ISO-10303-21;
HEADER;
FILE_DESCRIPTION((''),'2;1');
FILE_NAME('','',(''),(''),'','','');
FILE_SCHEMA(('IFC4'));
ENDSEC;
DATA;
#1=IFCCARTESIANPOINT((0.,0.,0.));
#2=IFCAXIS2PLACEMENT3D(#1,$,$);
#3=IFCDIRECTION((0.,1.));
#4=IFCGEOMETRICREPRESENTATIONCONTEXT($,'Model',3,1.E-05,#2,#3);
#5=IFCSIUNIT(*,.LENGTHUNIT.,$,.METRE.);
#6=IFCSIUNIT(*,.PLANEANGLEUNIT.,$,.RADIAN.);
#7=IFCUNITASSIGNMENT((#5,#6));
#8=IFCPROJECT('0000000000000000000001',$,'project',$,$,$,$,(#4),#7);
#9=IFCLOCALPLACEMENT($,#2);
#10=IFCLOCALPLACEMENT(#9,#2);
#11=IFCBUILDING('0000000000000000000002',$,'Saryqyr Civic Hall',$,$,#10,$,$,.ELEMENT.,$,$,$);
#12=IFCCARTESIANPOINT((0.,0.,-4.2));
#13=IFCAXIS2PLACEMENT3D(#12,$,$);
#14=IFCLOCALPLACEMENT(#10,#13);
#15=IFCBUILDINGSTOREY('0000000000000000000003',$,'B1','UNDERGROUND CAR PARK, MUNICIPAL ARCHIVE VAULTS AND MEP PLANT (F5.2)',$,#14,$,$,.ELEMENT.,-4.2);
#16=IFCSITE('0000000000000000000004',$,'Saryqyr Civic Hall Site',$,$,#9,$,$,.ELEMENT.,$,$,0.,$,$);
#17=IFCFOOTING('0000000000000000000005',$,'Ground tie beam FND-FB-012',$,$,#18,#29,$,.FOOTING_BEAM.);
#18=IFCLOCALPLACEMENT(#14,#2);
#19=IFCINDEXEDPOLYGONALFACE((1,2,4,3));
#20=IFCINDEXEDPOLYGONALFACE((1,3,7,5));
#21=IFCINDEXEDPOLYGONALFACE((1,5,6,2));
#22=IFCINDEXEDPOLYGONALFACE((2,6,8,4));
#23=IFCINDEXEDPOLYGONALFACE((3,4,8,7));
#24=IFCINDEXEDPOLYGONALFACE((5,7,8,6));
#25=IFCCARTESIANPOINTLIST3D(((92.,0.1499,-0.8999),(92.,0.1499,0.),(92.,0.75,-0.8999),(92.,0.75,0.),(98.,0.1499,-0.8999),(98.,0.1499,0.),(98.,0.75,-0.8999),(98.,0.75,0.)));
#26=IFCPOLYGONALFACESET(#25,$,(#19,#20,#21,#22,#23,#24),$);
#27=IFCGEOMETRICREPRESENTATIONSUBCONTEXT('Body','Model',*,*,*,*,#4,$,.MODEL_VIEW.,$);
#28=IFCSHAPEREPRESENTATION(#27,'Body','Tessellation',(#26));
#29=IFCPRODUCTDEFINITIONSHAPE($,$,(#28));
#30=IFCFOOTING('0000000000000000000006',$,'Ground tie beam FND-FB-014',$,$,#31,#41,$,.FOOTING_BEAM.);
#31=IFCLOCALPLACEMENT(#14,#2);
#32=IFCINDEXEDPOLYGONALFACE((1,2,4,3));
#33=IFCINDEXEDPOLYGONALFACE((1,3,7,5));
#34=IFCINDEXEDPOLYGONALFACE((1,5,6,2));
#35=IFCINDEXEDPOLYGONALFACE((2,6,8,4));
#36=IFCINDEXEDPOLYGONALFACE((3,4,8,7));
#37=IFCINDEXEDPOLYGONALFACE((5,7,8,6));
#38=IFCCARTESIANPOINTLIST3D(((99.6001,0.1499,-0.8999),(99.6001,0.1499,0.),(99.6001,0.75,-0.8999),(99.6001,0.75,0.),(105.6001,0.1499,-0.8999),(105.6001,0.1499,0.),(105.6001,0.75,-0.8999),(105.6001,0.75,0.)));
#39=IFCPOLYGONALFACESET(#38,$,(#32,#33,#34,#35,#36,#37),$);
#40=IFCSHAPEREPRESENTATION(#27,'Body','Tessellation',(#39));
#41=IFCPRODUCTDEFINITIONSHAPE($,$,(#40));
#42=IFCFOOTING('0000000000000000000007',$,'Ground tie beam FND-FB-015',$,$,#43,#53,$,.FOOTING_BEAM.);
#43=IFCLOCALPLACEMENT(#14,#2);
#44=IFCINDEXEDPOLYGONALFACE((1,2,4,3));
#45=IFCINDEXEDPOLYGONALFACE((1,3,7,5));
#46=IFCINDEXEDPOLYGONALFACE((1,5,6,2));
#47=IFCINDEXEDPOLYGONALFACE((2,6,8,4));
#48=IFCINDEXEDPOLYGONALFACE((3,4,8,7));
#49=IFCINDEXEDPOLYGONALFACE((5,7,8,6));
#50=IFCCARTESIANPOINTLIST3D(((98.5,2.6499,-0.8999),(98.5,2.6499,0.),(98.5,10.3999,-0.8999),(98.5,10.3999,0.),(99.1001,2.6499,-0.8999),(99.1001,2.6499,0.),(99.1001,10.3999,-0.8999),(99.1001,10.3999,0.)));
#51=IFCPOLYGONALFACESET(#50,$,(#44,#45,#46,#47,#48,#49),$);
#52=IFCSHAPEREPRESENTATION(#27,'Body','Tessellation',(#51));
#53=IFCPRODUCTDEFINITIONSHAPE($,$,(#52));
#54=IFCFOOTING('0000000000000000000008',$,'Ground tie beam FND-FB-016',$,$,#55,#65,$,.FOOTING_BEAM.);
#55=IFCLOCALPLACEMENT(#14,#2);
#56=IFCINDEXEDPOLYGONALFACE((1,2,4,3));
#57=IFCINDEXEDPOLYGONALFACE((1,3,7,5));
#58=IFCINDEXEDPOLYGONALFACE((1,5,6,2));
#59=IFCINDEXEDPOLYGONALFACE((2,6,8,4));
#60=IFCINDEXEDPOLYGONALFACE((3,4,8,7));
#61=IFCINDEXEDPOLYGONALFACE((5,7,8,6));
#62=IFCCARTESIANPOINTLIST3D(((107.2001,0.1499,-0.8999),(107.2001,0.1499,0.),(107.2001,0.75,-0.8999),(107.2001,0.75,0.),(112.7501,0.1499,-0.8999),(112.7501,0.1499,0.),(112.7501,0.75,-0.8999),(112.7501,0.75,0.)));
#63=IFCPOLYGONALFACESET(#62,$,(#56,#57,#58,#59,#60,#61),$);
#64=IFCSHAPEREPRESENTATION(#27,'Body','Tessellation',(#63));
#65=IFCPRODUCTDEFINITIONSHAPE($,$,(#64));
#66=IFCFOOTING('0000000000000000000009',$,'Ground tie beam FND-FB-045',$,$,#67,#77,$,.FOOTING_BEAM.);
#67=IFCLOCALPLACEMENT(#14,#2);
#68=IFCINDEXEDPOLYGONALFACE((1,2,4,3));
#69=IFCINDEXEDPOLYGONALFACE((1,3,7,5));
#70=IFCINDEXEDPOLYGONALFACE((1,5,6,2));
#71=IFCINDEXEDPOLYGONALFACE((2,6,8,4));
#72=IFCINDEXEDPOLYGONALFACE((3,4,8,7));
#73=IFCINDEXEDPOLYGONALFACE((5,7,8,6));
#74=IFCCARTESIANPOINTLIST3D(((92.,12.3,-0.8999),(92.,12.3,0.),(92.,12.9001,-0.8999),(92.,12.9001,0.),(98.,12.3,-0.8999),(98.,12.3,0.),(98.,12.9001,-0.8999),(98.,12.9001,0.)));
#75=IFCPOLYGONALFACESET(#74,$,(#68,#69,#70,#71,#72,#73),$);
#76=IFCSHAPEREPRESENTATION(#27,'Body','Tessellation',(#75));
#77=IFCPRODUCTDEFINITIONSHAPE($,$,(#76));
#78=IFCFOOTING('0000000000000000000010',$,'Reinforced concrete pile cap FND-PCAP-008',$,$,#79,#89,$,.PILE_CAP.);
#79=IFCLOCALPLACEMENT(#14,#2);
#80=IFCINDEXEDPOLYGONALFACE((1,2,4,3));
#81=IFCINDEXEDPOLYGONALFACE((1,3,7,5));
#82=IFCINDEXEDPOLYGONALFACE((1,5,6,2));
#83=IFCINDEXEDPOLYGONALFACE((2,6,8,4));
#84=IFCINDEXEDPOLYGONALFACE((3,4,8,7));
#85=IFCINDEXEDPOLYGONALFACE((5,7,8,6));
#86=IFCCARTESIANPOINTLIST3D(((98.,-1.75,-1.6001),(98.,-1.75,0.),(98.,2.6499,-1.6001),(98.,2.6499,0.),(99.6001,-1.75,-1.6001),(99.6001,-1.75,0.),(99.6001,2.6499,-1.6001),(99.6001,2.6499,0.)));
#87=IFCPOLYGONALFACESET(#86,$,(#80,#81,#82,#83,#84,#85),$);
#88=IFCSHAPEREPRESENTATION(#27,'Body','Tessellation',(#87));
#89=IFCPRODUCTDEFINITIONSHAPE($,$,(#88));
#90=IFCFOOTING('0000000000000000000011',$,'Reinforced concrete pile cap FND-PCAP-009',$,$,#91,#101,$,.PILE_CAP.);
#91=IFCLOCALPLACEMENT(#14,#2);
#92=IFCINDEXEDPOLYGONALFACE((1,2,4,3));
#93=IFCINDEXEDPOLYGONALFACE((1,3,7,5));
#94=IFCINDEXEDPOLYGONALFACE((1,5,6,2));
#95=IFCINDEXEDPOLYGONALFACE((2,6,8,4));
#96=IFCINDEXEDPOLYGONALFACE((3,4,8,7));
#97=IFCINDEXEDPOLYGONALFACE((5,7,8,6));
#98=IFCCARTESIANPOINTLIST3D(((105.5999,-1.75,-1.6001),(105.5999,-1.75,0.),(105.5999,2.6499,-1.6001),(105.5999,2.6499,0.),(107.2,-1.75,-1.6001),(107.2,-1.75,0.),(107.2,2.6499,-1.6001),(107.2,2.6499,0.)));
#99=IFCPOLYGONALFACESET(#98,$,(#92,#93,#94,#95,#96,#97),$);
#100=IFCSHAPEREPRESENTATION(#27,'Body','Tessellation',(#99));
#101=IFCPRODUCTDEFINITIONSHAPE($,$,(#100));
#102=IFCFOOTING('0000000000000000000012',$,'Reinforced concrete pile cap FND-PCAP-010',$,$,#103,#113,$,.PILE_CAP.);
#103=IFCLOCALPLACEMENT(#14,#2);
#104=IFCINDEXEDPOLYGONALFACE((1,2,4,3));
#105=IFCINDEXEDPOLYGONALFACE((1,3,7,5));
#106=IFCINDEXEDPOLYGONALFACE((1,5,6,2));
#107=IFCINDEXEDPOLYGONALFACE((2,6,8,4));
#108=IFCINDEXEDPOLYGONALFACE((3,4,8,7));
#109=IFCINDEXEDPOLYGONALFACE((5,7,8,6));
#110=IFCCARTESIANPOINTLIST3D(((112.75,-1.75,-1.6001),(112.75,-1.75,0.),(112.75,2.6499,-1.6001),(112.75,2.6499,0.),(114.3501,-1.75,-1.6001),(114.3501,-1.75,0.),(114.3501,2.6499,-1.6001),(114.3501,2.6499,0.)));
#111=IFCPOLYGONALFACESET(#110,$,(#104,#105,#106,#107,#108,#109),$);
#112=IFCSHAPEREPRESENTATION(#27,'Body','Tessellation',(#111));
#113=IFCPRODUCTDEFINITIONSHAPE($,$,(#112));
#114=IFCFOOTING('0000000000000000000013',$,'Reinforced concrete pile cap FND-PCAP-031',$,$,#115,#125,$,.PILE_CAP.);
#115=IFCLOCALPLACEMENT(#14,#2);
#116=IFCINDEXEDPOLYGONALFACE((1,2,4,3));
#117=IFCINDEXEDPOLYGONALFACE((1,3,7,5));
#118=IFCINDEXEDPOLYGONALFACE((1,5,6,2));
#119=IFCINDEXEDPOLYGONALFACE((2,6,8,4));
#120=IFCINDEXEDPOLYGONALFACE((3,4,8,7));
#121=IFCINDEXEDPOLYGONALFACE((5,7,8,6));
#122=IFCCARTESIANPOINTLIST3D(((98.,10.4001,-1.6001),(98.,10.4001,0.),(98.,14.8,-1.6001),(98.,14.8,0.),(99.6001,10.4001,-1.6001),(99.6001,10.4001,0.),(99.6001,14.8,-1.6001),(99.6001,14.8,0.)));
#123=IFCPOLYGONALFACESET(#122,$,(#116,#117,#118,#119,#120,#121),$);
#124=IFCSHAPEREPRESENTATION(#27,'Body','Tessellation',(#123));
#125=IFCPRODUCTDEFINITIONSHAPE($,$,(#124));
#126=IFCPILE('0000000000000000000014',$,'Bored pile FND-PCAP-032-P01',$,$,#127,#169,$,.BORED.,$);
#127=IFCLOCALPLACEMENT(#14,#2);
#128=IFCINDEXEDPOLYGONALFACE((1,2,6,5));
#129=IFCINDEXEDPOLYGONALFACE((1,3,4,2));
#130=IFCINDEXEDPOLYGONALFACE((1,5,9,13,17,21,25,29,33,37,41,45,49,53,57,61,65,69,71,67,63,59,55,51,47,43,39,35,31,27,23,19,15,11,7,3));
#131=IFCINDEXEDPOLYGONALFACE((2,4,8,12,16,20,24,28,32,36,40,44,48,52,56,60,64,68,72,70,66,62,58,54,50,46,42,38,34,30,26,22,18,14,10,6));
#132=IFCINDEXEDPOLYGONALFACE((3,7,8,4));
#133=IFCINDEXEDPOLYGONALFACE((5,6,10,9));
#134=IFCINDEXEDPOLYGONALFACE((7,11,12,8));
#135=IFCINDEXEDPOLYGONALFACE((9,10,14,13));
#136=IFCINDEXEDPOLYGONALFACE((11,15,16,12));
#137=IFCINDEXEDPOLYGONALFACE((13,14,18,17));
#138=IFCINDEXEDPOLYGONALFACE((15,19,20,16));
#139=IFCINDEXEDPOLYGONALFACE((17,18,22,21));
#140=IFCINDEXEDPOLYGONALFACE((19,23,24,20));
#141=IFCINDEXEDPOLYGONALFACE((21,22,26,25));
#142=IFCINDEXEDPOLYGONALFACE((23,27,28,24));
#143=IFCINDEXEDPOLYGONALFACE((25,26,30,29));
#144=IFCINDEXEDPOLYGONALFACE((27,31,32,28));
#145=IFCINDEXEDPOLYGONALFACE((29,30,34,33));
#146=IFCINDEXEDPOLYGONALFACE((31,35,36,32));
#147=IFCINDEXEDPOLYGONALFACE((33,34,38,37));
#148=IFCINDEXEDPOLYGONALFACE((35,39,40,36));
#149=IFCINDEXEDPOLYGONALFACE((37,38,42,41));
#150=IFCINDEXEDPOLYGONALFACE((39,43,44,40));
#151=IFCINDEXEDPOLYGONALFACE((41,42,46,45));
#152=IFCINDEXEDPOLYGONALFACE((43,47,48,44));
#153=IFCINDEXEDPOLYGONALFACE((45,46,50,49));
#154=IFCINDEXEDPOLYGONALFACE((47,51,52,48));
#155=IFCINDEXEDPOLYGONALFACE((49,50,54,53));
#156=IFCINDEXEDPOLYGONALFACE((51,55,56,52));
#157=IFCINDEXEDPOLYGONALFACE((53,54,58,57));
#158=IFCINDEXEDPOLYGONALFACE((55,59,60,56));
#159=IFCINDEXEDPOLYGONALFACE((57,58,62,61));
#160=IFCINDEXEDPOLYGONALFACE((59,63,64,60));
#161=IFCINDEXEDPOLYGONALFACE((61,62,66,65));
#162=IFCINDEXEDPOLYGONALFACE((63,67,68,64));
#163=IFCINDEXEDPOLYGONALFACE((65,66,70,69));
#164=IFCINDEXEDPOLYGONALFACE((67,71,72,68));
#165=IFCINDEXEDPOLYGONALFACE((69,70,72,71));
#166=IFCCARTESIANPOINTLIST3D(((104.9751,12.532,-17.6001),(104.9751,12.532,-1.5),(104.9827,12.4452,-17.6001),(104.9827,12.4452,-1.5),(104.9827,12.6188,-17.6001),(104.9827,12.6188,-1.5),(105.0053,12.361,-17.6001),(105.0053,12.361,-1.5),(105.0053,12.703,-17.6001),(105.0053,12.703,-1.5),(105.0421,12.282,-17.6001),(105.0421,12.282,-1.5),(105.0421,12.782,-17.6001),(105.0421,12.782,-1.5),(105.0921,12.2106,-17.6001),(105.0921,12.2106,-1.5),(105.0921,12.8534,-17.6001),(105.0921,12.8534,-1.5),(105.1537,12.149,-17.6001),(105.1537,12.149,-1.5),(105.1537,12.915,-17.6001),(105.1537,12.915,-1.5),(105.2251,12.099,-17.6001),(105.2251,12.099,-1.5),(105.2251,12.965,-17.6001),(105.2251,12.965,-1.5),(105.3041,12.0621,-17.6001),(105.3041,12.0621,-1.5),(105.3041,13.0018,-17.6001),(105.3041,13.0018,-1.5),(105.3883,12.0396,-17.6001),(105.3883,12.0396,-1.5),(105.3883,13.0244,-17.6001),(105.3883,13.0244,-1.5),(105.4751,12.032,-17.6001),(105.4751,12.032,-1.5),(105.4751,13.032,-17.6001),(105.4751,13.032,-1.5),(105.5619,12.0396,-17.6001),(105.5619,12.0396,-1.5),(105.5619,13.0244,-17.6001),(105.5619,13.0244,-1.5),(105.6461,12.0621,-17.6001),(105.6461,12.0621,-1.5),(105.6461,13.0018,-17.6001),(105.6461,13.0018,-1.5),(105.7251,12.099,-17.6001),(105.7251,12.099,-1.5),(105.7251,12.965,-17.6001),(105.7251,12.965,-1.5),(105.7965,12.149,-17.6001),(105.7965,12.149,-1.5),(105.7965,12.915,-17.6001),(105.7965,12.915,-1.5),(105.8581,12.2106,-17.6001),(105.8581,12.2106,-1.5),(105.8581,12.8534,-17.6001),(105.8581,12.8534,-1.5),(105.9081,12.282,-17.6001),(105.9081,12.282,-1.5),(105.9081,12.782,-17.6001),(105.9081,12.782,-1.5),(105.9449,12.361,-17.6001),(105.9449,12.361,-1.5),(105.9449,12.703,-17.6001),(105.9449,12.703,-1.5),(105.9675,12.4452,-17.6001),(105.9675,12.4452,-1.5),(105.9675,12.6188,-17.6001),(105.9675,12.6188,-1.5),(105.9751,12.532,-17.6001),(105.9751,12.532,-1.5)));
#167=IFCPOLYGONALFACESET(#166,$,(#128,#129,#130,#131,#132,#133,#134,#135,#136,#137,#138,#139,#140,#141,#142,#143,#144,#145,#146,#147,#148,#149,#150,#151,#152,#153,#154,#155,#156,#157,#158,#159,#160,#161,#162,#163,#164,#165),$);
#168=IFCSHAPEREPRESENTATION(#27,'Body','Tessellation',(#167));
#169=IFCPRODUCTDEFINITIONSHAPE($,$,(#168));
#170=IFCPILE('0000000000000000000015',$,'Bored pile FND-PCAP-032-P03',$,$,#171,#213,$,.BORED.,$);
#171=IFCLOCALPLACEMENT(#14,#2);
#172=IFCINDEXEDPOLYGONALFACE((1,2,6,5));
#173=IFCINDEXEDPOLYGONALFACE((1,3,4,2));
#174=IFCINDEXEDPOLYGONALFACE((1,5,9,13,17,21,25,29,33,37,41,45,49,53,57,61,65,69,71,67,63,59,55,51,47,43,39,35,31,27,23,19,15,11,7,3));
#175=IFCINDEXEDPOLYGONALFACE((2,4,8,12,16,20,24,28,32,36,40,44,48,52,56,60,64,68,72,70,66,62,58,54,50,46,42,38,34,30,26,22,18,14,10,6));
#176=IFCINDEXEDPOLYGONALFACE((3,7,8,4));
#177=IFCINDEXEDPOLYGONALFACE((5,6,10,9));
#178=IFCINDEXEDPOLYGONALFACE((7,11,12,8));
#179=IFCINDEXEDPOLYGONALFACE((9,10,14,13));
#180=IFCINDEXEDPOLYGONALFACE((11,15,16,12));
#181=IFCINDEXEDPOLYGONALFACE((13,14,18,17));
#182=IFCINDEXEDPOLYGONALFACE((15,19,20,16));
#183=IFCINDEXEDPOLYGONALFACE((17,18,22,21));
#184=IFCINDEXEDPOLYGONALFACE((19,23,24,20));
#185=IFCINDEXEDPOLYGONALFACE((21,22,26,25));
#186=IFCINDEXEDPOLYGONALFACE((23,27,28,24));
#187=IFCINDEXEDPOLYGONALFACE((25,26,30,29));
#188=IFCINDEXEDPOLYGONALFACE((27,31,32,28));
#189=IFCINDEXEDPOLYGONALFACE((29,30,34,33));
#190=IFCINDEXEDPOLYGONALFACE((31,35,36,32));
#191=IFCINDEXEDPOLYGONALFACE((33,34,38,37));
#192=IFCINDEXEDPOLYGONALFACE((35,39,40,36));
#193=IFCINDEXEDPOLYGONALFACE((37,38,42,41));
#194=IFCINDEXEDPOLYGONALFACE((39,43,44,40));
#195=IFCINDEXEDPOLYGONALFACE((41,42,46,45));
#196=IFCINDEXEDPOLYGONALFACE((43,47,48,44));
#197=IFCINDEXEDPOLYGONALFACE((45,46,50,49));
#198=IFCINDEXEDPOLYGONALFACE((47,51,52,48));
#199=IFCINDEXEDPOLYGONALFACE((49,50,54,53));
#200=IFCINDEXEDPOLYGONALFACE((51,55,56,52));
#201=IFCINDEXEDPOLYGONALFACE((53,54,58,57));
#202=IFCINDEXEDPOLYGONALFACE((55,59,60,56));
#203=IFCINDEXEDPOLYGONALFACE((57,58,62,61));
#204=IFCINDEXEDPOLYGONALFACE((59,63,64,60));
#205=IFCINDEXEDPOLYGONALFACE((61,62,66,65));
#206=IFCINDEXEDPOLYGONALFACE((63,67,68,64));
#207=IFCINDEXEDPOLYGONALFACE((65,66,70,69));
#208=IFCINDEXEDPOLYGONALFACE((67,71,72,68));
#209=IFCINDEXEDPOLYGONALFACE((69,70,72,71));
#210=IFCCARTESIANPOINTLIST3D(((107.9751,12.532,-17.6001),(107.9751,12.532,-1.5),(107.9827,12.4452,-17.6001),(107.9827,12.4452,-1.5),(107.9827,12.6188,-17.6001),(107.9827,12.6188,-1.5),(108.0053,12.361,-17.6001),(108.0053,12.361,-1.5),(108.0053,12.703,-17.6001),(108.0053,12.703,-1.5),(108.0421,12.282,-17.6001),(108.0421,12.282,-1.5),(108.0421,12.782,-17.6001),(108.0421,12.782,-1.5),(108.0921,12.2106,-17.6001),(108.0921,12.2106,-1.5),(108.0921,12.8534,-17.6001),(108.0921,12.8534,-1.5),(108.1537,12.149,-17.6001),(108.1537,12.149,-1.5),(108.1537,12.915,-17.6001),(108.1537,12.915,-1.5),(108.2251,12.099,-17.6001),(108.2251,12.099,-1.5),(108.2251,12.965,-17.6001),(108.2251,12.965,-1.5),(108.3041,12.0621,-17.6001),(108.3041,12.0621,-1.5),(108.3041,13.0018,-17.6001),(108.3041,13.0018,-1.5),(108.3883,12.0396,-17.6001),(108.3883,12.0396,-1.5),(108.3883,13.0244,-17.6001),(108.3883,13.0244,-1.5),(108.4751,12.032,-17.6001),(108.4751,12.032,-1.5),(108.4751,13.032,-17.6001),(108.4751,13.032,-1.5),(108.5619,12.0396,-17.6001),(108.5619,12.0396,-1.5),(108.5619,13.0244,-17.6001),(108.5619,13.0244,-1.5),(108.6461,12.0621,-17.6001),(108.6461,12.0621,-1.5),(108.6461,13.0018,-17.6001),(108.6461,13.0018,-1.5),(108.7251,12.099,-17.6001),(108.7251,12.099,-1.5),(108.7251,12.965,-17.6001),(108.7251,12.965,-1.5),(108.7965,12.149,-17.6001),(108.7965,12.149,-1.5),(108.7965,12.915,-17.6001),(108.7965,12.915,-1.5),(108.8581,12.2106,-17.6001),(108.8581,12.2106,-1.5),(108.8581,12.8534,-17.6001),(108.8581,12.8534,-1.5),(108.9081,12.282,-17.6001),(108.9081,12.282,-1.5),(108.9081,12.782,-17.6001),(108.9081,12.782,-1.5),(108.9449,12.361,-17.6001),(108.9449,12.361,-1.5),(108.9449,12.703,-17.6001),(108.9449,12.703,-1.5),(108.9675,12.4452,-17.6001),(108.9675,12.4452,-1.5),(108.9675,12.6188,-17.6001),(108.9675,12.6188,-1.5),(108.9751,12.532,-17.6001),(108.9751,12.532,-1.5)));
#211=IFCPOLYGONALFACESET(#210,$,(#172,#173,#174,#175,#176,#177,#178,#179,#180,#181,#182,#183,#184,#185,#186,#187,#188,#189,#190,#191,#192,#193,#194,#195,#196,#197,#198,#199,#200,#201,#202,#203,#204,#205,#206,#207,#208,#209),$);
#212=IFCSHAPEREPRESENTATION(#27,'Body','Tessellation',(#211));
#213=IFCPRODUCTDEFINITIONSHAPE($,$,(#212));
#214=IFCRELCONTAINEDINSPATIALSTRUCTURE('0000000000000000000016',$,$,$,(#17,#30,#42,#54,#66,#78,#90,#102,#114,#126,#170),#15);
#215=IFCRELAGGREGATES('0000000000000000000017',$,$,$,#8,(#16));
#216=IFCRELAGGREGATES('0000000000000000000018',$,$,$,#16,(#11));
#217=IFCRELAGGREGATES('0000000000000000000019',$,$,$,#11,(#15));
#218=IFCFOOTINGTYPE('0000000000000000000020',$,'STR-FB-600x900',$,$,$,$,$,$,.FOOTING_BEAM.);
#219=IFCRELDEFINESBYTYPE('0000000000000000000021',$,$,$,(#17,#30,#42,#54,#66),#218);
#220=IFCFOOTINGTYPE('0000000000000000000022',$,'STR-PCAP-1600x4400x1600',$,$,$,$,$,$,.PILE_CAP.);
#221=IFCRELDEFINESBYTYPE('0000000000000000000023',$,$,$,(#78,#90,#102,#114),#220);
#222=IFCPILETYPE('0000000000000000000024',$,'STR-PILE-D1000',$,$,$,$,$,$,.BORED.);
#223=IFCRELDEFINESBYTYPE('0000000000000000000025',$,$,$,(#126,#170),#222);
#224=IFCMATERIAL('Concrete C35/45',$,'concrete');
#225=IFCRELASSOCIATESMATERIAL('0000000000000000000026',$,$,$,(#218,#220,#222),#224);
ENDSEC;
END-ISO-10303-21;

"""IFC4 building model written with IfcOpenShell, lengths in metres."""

from ifc_helpers import new_model, si_unit, direction, frame, origin, origin_2d, place, context, subcontext, project, spatial, rectangle, circle, extrude, material, material_profile, profile_set, type_object, element, save


model = new_model("IFC4")

# Units and contexts
model_context = context("Model", 3, precision=1e-05, world=origin(), true_north=direction((0.0, 1.0)))
body_context = subcontext(model_context, "Body", "Model", "MODEL_VIEW")
ifc_project = project(units=[si_unit("LENGTHUNIT", "METRE"), si_unit("PLANEANGLEUNIT", "RADIAN")], contexts=[model_context])

# Site, building, storey
site_placement = place(None, origin())
site = spatial("IfcSite", under=ifc_project, at=site_placement, Name="Saryqyr Civic Hall Site", CompositionType="ELEMENT", RefElevation=0.0)
building_placement = place(site_placement, origin())
building = spatial("IfcBuilding", under=site, at=building_placement, Name="Saryqyr Civic Hall", CompositionType="ELEMENT")
storey_placement = place(building_placement, frame((0.0, 0.0, -4.2)))
storey = spatial("IfcBuildingStorey", under=building, at=storey_placement, Name="B1", Description="UNDERGROUND CAR PARK, MUNICIPAL ARCHIVE VAULTS AND MEP PLANT (F5.2)", CompositionType="ELEMENT", Elevation=-4.2)

# Footings
ifc_material_1 = material(Name="Concrete C35/45", Category="concrete")
footing_type_1 = type_object("IfcFootingType", Name="STR-FB-600x900", PredefinedType="FOOTING_BEAM", material=ifc_material_1)
for number, where, z_axis, x_axis, name in (
    (1, (95.0, 0.45, -0.8999), (0.0, 0.0, 1.0), (1.0, 0.0, 0.0), "Ground tie beam FND-FB-012"),
    (2, (102.6001, 0.45, -0.8999), (0.0, 0.0, 1.0), (1.0, 0.0, 0.0), "Ground tie beam FND-FB-014"),
):
    element("IfcFooting", number, at=place(storey_placement, frame(where, z_axis=z_axis, x_axis=x_axis)), inside=storey, type_object=footing_type_1, Name=name, PredefinedType="FOOTING_BEAM", context=body_context, shape_type="SweptSolid", body=[
        extrude(rectangle(XDim=6.0, YDim=0.6001, at=origin_2d()), origin(), (0.0, 0.0, 1.0), 0.8999),
    ])
footing_1_placement = place(storey_placement, frame((98.8, 6.5249, -0.8999), z_axis=(0.0, 0.0, 1.0), x_axis=(1.0, 0.0, 0.0)))
element("IfcFooting", 3, at=footing_1_placement, inside=storey, type_object=footing_type_1, Name="Ground tie beam FND-FB-015", PredefinedType="FOOTING_BEAM", context=body_context, shape_type="SweptSolid", body=[
    extrude(rectangle(XDim=0.6001, YDim=7.75, at=origin_2d()), origin(), (0.0, 0.0, 1.0), 0.8999),
])
footing_2_placement = place(storey_placement, frame((109.9751, 0.45, -0.8999), z_axis=(0.0, 0.0, 1.0), x_axis=(1.0, 0.0, 0.0)))
element("IfcFooting", 4, at=footing_2_placement, inside=storey, type_object=footing_type_1, Name="Ground tie beam FND-FB-016", PredefinedType="FOOTING_BEAM", context=body_context, shape_type="SweptSolid", body=[
    extrude(rectangle(XDim=5.55, YDim=0.6001, at=origin_2d()), origin(), (0.0, 0.0, 1.0), 0.8999),
])
footing_3_placement = place(storey_placement, frame((95.0, 12.6001, -0.8999), z_axis=(0.0, 0.0, 1.0), x_axis=(1.0, 0.0, 0.0)))
element("IfcFooting", 5, at=footing_3_placement, inside=storey, type_object=footing_type_1, Name="Ground tie beam FND-FB-045", PredefinedType="FOOTING_BEAM", context=body_context, shape_type="SweptSolid", body=[
    extrude(rectangle(XDim=6.0, YDim=0.6001, at=origin_2d()), origin(), (0.0, 0.0, 1.0), 0.8999),
])
footing_type_2 = type_object("IfcFootingType", Name="STR-PCAP-1600x4400x1600", PredefinedType="PILE_CAP", material=ifc_material_1)
for number, where, z_axis, x_axis, name in (
    (6, (98.8, 0.45, -1.6001), (0.0, 0.0, 1.0), (1.0, 0.0, 0.0), "Reinforced concrete pile cap FND-PCAP-008"),
    (7, (106.3999, 0.45, -1.6001), (0.0, 0.0, 1.0), (1.0, 0.0, 0.0), "Reinforced concrete pile cap FND-PCAP-009"),
    (8, (113.55, 0.45, -1.6001), (0.0, 0.0, 1.0), (1.0, 0.0, 0.0), "Reinforced concrete pile cap FND-PCAP-010"),
    (9, (98.8, 12.6001, -1.6001), (0.0, 0.0, 1.0), (1.0, 0.0, 0.0), "Reinforced concrete pile cap FND-PCAP-031"),
):
    element("IfcFooting", number, at=place(storey_placement, frame(where, z_axis=z_axis, x_axis=x_axis)), inside=storey, type_object=footing_type_2, Name=name, PredefinedType="PILE_CAP", context=body_context, shape_type="SweptSolid", body=[
        extrude(rectangle(XDim=1.6001, YDim=4.3999, at=origin_2d()), origin(), (0.0, 0.0, 1.0), 1.6001),
    ])

# Piles
ifc_material_profile_1 = material_profile(ifc_material_1, circle(Radius=0.5, at=origin_2d()), Name="BORED PILE D1000")
ifc_profile_set_1 = profile_set([ifc_material_profile_1], Name="Concrete C35/45")
pile_type_1 = type_object("IfcPileType", Name="STR-PILE-D1000", PredefinedType="BORED", material=ifc_profile_set_1)
for number, where, z_axis, x_axis, name in (
    (10, (105.4751, 12.532, -1.5), (0.0, 0.0, -1.0), (1.0, 0.0, 0.0), "Bored pile FND-PCAP-032-P01"),
    (11, (108.4751, 12.532, -1.5), (0.0, 0.0, -1.0), (1.0, 0.0, 0.0), "Bored pile FND-PCAP-032-P03"),
):
    element("IfcPile", number, at=place(storey_placement, frame(where, z_axis=z_axis, x_axis=x_axis)), inside=storey, type_object=pile_type_1, Name=name, PredefinedType="BORED", context=body_context, shape_type="SweptSolid", body=[
        extrude(circle(Radius=0.5, at=origin_2d()), origin(), (0.0, 0.0, 1.0), 16.1001),
    ])

save(model, "model.ifc")
